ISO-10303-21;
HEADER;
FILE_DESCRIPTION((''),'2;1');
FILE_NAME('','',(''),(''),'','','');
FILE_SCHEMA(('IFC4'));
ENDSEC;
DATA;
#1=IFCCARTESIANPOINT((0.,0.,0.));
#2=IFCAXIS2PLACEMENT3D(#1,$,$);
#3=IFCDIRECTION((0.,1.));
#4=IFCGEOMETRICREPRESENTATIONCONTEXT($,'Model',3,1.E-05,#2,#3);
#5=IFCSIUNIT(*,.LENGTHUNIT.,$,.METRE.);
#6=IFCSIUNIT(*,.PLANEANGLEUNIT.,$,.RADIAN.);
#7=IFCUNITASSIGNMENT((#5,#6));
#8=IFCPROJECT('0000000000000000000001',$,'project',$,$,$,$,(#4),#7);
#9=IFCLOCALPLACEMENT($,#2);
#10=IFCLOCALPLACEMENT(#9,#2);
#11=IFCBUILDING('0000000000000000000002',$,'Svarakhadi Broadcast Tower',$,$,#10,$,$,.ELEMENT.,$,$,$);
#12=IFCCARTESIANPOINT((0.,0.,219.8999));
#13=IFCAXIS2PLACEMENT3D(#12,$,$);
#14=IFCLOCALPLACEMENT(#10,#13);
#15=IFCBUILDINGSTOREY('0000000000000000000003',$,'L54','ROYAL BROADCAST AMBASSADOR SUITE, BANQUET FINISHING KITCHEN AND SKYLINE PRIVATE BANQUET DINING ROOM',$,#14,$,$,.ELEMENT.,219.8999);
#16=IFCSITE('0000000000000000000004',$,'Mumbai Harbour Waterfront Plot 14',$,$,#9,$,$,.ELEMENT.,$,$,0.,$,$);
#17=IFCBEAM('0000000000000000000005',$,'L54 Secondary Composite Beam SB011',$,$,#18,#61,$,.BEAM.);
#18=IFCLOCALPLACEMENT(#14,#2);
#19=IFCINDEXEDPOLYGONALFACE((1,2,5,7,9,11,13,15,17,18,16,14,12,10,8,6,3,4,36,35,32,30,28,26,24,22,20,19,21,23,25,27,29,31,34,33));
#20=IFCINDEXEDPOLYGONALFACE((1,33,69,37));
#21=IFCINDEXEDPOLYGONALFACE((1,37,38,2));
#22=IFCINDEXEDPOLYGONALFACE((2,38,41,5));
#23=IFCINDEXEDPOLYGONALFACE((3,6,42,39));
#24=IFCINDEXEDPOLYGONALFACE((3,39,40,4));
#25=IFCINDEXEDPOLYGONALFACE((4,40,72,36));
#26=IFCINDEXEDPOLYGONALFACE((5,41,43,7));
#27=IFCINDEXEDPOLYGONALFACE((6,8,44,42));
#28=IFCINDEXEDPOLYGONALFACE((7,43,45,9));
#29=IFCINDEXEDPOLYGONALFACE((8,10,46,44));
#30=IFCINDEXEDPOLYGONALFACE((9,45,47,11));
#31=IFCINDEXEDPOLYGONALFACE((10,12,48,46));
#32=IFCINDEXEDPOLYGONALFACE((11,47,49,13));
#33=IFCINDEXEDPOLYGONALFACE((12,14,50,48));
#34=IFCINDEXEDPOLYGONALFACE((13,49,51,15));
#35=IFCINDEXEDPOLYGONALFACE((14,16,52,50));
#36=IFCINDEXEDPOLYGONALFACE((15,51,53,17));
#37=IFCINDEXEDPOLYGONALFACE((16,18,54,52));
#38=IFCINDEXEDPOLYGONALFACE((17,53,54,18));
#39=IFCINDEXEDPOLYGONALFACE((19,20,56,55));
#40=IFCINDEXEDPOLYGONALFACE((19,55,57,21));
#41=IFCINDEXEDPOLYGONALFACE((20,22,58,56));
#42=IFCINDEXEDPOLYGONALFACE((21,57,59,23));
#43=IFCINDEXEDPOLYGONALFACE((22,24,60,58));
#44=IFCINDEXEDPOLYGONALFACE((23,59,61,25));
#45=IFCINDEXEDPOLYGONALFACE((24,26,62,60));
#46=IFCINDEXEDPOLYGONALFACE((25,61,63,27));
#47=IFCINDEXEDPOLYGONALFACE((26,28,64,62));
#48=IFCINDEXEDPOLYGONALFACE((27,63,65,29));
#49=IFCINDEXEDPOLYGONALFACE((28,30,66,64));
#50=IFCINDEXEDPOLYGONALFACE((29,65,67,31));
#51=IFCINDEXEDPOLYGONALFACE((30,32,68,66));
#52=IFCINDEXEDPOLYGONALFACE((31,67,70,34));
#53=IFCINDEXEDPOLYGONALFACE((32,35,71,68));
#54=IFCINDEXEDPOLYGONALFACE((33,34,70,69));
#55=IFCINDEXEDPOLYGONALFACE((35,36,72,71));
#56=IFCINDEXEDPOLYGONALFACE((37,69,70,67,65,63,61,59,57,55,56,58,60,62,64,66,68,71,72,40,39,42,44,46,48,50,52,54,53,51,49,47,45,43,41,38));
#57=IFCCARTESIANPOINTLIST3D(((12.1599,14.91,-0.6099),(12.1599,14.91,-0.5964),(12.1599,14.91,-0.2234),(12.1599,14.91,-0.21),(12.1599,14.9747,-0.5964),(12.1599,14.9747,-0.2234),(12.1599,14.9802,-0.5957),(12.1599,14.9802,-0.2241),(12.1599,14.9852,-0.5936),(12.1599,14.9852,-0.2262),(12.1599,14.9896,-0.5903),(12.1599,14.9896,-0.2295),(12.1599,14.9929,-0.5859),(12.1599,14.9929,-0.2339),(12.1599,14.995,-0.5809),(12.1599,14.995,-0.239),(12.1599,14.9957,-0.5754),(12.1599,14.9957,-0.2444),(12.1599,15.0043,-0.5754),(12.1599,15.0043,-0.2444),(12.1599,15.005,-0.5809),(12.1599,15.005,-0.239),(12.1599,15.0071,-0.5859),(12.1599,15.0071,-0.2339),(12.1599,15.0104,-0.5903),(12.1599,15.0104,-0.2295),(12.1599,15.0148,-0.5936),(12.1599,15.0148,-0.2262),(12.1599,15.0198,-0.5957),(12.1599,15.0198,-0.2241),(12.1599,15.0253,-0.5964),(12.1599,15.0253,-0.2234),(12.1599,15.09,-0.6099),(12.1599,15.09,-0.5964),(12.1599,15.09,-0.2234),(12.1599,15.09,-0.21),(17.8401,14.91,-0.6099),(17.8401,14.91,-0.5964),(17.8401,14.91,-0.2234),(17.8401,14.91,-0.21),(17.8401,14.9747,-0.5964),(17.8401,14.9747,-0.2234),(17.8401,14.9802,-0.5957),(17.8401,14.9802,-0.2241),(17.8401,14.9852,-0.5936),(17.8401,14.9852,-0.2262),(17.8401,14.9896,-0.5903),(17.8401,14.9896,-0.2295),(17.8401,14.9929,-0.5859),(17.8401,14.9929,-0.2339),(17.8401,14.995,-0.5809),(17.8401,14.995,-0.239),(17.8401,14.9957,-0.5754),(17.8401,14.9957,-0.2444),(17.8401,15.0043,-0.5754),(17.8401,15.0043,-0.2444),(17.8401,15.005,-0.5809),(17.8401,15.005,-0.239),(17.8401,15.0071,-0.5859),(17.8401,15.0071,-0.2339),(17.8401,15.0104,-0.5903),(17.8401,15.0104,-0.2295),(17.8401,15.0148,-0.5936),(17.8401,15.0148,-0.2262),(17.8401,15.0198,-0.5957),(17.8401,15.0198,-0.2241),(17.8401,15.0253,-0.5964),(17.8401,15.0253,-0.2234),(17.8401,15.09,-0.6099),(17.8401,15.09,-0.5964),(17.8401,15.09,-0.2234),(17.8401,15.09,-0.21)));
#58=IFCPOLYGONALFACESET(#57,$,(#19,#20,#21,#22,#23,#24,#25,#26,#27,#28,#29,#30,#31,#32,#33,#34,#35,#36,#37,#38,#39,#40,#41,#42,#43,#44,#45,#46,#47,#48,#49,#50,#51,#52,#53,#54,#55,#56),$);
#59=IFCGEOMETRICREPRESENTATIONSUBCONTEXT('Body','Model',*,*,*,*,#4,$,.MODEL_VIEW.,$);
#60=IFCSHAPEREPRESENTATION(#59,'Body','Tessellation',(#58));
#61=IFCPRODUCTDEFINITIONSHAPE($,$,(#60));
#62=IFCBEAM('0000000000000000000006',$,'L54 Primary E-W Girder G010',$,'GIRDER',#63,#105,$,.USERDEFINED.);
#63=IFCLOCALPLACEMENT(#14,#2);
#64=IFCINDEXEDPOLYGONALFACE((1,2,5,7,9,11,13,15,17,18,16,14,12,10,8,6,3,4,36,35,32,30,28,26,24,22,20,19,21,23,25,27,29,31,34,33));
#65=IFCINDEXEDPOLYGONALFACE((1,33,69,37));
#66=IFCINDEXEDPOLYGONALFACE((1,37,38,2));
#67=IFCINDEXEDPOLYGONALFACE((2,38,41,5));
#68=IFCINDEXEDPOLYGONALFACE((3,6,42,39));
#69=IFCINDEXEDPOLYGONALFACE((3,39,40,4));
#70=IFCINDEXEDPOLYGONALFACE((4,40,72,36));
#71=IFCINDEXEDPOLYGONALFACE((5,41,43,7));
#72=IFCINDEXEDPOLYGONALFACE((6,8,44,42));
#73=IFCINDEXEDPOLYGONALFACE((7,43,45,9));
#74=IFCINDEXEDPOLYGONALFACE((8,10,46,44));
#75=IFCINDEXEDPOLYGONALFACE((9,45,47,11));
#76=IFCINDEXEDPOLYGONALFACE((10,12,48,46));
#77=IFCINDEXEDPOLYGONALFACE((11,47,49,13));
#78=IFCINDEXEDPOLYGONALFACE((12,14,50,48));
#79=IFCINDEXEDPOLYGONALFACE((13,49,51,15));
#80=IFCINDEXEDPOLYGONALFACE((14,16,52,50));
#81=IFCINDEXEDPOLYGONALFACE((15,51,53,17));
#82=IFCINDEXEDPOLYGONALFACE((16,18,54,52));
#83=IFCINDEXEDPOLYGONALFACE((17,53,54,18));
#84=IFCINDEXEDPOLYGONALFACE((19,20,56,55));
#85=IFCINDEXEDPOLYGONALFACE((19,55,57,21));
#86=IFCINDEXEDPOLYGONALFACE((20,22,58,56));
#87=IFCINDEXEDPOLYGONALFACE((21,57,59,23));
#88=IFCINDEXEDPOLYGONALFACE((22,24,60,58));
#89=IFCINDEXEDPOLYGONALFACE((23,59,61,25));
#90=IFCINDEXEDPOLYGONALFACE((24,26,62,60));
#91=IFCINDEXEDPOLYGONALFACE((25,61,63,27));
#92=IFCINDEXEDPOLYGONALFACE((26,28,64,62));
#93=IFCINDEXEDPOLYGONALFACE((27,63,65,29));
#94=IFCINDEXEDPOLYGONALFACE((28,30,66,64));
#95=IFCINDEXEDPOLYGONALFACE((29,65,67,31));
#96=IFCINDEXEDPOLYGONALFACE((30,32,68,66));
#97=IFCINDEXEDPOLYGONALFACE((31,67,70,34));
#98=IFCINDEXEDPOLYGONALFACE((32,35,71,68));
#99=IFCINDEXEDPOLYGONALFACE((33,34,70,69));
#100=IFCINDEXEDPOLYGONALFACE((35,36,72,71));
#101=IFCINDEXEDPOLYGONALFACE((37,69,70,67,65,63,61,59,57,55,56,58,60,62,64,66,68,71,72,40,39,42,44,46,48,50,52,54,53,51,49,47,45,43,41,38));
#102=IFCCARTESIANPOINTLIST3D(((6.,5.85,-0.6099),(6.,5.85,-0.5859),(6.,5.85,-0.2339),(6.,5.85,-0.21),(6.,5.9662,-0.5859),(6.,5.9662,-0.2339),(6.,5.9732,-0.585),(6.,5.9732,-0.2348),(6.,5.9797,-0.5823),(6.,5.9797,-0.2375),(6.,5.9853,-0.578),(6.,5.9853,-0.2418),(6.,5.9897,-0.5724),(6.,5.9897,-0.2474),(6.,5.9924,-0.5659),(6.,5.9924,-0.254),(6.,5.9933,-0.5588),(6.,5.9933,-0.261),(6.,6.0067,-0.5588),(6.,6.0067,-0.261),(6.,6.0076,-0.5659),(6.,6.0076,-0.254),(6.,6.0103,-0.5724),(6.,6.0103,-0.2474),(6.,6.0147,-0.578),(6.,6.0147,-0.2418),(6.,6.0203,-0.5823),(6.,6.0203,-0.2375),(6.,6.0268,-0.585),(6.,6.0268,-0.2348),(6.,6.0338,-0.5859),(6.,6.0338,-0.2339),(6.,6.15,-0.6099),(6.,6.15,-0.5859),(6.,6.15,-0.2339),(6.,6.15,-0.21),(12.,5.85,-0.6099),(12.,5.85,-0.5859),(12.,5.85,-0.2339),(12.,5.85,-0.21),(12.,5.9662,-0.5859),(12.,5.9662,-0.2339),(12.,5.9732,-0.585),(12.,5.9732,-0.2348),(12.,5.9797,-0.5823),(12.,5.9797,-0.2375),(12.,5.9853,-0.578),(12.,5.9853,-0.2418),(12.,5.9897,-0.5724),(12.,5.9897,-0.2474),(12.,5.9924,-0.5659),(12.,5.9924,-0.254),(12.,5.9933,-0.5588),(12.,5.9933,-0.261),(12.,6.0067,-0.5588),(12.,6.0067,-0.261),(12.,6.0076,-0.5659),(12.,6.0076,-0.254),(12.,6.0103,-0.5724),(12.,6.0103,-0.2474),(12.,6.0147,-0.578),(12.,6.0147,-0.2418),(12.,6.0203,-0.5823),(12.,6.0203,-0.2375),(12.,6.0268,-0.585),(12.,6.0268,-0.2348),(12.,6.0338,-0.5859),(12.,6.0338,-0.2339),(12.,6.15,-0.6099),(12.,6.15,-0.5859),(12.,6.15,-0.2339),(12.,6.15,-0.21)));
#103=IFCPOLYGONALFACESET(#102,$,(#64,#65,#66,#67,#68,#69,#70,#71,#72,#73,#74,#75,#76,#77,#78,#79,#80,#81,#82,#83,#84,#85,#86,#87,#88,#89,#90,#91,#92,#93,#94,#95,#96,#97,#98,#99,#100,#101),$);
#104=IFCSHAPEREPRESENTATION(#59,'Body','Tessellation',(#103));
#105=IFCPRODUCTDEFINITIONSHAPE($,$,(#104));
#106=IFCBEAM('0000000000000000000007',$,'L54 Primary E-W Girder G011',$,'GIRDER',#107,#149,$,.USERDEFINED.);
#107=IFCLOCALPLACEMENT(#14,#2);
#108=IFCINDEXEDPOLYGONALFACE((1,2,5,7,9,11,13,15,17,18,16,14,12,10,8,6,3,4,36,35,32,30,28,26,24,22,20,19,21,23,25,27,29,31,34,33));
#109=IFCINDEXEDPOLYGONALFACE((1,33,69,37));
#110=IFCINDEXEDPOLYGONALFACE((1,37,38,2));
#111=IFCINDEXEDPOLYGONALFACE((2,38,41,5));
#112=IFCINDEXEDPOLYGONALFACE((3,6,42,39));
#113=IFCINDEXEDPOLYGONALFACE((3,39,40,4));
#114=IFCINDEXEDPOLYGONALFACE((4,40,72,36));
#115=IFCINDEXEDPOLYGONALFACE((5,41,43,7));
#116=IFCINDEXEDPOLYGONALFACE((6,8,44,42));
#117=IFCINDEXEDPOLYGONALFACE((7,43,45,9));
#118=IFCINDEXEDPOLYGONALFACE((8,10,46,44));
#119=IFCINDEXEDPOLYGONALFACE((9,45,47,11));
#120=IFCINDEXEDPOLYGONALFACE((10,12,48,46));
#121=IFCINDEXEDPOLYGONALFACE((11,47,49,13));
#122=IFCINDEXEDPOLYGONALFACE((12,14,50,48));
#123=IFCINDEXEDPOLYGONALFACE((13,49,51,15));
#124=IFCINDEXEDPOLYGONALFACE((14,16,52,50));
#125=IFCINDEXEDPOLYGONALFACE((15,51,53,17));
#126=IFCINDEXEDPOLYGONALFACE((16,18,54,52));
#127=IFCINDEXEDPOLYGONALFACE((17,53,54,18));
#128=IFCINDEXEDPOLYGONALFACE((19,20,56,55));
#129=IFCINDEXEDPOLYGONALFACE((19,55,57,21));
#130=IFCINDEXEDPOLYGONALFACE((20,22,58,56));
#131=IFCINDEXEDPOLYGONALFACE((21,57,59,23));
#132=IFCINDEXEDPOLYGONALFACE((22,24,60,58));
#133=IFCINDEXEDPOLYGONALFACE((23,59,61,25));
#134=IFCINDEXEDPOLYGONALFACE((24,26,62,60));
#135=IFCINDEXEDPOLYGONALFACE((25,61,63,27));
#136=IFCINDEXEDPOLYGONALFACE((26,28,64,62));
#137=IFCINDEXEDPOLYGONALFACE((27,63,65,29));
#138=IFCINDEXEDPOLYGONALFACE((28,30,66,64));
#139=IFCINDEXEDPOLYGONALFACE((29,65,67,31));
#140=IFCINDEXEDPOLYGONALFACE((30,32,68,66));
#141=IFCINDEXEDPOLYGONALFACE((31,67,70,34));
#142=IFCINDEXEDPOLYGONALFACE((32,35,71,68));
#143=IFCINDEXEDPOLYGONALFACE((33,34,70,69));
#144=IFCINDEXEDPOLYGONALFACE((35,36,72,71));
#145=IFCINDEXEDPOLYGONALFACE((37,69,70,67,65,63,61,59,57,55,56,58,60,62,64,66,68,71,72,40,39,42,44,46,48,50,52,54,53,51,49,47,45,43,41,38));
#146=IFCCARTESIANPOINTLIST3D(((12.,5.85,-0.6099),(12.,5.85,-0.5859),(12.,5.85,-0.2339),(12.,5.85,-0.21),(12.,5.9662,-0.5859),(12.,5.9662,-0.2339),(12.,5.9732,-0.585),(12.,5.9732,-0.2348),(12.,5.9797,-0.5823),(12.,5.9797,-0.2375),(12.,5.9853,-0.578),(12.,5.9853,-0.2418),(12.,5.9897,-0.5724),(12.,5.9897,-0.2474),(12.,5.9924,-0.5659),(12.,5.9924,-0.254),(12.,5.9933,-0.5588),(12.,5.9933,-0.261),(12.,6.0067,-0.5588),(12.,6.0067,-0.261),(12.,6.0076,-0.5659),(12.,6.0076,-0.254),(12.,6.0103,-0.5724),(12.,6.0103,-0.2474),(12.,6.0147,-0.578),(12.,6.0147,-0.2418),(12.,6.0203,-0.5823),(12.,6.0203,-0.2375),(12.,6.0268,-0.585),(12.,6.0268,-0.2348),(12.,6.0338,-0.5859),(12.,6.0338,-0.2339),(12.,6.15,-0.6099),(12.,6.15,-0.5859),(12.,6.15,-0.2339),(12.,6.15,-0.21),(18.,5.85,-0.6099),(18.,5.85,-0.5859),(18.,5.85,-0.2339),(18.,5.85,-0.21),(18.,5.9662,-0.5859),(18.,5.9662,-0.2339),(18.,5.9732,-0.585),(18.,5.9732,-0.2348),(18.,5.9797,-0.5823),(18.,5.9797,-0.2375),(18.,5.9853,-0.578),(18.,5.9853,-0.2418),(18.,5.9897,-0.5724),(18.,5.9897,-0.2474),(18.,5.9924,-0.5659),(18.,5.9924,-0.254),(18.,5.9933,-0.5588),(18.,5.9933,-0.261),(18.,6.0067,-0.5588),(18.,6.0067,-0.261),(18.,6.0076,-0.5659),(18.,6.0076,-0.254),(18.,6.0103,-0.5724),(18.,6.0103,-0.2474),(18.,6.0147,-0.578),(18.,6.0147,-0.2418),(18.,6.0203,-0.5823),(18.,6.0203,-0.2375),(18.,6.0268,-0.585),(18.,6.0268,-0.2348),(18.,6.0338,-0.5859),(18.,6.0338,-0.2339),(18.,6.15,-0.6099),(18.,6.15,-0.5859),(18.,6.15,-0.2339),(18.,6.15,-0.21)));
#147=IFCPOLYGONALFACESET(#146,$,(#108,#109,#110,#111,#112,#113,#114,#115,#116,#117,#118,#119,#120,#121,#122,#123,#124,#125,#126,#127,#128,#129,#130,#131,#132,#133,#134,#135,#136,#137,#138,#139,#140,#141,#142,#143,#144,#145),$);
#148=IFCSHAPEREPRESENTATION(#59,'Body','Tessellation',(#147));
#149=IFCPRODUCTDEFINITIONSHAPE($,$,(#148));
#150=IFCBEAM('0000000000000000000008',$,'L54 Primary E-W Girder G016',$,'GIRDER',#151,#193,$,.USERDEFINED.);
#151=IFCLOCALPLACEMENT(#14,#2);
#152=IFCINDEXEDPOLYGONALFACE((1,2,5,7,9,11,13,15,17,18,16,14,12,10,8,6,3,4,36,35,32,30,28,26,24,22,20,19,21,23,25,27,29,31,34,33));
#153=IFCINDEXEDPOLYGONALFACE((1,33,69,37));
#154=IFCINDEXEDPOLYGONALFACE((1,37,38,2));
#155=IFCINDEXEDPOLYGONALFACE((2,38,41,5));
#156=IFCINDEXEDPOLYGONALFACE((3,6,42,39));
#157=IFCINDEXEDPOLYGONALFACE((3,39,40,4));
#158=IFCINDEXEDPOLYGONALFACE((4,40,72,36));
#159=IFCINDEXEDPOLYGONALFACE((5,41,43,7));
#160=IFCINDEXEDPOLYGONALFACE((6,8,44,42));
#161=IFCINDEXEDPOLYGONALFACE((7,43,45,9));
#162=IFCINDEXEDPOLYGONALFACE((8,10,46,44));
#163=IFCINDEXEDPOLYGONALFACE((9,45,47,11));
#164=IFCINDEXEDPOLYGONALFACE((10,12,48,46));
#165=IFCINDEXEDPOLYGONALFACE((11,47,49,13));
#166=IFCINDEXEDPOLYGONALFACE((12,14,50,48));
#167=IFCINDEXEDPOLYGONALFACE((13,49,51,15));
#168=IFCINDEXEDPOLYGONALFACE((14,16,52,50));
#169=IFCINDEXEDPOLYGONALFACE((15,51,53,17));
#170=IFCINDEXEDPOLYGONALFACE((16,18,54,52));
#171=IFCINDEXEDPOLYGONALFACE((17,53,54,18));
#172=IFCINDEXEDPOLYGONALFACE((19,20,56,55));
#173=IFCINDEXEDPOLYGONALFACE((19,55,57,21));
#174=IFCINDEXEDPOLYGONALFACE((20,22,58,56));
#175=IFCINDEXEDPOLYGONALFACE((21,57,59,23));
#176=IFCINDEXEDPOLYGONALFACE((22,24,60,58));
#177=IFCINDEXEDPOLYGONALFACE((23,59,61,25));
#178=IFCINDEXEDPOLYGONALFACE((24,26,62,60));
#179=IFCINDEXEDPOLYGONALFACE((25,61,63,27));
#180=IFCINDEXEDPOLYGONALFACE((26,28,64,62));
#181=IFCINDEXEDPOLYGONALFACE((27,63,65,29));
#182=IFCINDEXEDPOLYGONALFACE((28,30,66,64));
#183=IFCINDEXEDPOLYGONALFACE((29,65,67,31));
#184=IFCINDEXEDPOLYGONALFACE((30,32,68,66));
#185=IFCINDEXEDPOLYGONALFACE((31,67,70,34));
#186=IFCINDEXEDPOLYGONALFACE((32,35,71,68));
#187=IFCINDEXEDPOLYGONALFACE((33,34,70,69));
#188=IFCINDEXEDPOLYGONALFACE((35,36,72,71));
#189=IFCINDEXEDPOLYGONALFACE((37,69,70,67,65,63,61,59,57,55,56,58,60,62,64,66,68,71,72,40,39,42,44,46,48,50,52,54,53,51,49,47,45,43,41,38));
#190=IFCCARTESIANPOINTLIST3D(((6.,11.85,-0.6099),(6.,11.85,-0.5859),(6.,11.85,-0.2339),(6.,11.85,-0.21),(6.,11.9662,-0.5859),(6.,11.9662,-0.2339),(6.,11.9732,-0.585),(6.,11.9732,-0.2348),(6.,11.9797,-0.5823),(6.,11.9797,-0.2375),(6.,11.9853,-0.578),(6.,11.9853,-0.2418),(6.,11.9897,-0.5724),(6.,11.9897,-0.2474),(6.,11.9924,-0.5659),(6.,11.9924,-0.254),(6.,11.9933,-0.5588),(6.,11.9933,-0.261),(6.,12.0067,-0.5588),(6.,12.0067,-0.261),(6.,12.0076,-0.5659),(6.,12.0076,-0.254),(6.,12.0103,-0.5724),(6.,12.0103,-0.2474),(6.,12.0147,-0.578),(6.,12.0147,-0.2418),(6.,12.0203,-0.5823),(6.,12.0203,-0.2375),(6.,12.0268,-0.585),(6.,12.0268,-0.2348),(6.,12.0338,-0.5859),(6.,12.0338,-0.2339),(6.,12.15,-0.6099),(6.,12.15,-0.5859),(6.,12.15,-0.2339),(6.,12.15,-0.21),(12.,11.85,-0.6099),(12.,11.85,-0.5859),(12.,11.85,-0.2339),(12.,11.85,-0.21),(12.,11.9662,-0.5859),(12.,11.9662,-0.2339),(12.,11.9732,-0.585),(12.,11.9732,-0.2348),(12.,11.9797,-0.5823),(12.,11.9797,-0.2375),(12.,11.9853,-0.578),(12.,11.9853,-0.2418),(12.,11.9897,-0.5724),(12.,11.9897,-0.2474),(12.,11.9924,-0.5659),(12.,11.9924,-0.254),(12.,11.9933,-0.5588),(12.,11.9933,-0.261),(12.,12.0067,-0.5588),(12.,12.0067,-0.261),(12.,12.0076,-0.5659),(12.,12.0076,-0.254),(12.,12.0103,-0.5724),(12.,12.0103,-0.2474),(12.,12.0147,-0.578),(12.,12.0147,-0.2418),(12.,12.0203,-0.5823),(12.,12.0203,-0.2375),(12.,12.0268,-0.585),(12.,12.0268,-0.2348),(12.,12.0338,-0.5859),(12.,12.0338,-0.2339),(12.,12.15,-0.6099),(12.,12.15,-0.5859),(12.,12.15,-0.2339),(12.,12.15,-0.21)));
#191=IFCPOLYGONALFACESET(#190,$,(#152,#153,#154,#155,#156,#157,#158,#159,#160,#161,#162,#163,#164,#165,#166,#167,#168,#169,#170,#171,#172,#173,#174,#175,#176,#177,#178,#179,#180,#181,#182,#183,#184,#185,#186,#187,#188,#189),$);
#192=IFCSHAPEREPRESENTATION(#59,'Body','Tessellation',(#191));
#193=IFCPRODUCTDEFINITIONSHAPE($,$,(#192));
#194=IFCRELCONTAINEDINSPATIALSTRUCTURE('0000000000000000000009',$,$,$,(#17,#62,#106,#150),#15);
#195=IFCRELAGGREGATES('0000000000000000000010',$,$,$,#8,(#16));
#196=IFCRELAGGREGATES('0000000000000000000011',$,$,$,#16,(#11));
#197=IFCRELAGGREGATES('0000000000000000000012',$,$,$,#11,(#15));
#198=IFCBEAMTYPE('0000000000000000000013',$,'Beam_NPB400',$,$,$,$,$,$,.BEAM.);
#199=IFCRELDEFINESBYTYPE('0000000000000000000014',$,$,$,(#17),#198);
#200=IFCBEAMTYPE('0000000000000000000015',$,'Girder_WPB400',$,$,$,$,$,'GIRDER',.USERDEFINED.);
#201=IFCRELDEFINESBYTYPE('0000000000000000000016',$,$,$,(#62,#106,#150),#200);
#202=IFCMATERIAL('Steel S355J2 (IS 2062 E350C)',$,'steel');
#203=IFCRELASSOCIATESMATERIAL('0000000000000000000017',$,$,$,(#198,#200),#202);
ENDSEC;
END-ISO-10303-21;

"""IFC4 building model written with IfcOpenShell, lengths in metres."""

from ifc_helpers import new_model, si_unit, direction, frame, origin, origin_2d, place, context, subcontext, project, spatial, i_section, extrude, material, material_profile, profile_set, type_object, element, save


model = new_model("IFC4")

# Units and contexts
model_context = context("Model", 3, precision=1e-05, world=origin(), true_north=direction((0.0, 1.0)))
body_context = subcontext(model_context, "Body", "Model", "MODEL_VIEW")
ifc_project = project(units=[si_unit("LENGTHUNIT", "METRE"), si_unit("PLANEANGLEUNIT", "RADIAN")], contexts=[model_context])

# Site, building, storey
site_placement = place(None, origin())
site = spatial("IfcSite", under=ifc_project, at=site_placement, Name="Mumbai Harbour Waterfront Plot 14", CompositionType="ELEMENT", RefElevation=0.0)
building_placement = place(site_placement, origin())
building = spatial("IfcBuilding", under=site, at=building_placement, Name="Svarakhadi Broadcast Tower", CompositionType="ELEMENT")
storey_placement = place(building_placement, frame((0.0, 0.0, 219.8999)))
storey = spatial("IfcBuildingStorey", under=building, at=storey_placement, Name="L54", Description="ROYAL BROADCAST AMBASSADOR SUITE, BANQUET FINISHING KITCHEN AND SKYLINE PRIVATE BANQUET DINING ROOM", CompositionType="ELEMENT", Elevation=219.8999)

# Beams
ifc_material_1 = material(Name="Steel S355J2 (IS 2062 E350C)", Category="steel")
ifc_material_profile_1 = material_profile(ifc_material_1, i_section(OverallWidth=0.1799, OverallDepth=0.3999, WebThickness=0.0085, FlangeThickness=0.0134, FilletRadius=0.021, at=origin_2d()), Name="NPB 400x180x66")
ifc_profile_set_1 = profile_set([ifc_material_profile_1], Name="Steel S355J2 (IS 2062 E350C)")
beam_type_1 = type_object("IfcBeamType", Name="Beam_NPB400", PredefinedType="BEAM", material=ifc_profile_set_1)
for number, where, z_axis, x_axis, name in (
    (1, (12.1599, 15.0, -0.4099), (1.0, 0.0, 0.0), (0.0, 1.0, 0.0), "L54 Secondary Composite Beam SB011"),
):
    element("IfcBeam", number, at=place(storey_placement, frame(where, z_axis=z_axis, x_axis=x_axis)), inside=storey, type_object=beam_type_1, Name=name, PredefinedType="BEAM", context=body_context, shape_type="SweptSolid", body=[
        extrude(i_section(OverallWidth=0.1799, OverallDepth=0.3999, WebThickness=0.0085, FlangeThickness=0.0134, FilletRadius=0.021, at=origin_2d()), origin(), (0.0, 0.0, 1.0), 5.6802),
    ])
ifc_material_profile_2 = material_profile(ifc_material_1, i_section(OverallWidth=0.3, OverallDepth=0.3999, WebThickness=0.0134, FlangeThickness=0.0239, FilletRadius=0.0271, at=origin_2d()), Name="WPB 400x300x155")
ifc_profile_set_2 = profile_set([ifc_material_profile_2], Name="Steel S355J2 (IS 2062 E350C)")
beam_type_2 = type_object("IfcBeamType", Name="Girder_WPB400", ElementType="GIRDER", PredefinedType="USERDEFINED", material=ifc_profile_set_2)
for number, where, z_axis, x_axis, name in (
    (2, (6.0, 6.0, -0.4099), (1.0, 0.0, 0.0), (0.0, 1.0, 0.0), "L54 Primary E-W Girder G010"),
    (3, (12.0, 6.0, -0.4099), (1.0, 0.0, 0.0), (0.0, 1.0, 0.0), "L54 Primary E-W Girder G011"),
    (4, (6.0, 12.0, -0.4099), (1.0, 0.0, 0.0), (0.0, 1.0, 0.0), "L54 Primary E-W Girder G016"),
):
    element("IfcBeam", number, at=place(storey_placement, frame(where, z_axis=z_axis, x_axis=x_axis)), inside=storey, type_object=beam_type_2, Name=name, ObjectType="GIRDER", PredefinedType="USERDEFINED", context=body_context, shape_type="SweptSolid", body=[
        extrude(i_section(OverallWidth=0.3, OverallDepth=0.3999, WebThickness=0.0134, FlangeThickness=0.0239, FilletRadius=0.0271, at=origin_2d()), origin(), (0.0, 0.0, 1.0), 6.0),
    ])

save(model, "model.ifc")
